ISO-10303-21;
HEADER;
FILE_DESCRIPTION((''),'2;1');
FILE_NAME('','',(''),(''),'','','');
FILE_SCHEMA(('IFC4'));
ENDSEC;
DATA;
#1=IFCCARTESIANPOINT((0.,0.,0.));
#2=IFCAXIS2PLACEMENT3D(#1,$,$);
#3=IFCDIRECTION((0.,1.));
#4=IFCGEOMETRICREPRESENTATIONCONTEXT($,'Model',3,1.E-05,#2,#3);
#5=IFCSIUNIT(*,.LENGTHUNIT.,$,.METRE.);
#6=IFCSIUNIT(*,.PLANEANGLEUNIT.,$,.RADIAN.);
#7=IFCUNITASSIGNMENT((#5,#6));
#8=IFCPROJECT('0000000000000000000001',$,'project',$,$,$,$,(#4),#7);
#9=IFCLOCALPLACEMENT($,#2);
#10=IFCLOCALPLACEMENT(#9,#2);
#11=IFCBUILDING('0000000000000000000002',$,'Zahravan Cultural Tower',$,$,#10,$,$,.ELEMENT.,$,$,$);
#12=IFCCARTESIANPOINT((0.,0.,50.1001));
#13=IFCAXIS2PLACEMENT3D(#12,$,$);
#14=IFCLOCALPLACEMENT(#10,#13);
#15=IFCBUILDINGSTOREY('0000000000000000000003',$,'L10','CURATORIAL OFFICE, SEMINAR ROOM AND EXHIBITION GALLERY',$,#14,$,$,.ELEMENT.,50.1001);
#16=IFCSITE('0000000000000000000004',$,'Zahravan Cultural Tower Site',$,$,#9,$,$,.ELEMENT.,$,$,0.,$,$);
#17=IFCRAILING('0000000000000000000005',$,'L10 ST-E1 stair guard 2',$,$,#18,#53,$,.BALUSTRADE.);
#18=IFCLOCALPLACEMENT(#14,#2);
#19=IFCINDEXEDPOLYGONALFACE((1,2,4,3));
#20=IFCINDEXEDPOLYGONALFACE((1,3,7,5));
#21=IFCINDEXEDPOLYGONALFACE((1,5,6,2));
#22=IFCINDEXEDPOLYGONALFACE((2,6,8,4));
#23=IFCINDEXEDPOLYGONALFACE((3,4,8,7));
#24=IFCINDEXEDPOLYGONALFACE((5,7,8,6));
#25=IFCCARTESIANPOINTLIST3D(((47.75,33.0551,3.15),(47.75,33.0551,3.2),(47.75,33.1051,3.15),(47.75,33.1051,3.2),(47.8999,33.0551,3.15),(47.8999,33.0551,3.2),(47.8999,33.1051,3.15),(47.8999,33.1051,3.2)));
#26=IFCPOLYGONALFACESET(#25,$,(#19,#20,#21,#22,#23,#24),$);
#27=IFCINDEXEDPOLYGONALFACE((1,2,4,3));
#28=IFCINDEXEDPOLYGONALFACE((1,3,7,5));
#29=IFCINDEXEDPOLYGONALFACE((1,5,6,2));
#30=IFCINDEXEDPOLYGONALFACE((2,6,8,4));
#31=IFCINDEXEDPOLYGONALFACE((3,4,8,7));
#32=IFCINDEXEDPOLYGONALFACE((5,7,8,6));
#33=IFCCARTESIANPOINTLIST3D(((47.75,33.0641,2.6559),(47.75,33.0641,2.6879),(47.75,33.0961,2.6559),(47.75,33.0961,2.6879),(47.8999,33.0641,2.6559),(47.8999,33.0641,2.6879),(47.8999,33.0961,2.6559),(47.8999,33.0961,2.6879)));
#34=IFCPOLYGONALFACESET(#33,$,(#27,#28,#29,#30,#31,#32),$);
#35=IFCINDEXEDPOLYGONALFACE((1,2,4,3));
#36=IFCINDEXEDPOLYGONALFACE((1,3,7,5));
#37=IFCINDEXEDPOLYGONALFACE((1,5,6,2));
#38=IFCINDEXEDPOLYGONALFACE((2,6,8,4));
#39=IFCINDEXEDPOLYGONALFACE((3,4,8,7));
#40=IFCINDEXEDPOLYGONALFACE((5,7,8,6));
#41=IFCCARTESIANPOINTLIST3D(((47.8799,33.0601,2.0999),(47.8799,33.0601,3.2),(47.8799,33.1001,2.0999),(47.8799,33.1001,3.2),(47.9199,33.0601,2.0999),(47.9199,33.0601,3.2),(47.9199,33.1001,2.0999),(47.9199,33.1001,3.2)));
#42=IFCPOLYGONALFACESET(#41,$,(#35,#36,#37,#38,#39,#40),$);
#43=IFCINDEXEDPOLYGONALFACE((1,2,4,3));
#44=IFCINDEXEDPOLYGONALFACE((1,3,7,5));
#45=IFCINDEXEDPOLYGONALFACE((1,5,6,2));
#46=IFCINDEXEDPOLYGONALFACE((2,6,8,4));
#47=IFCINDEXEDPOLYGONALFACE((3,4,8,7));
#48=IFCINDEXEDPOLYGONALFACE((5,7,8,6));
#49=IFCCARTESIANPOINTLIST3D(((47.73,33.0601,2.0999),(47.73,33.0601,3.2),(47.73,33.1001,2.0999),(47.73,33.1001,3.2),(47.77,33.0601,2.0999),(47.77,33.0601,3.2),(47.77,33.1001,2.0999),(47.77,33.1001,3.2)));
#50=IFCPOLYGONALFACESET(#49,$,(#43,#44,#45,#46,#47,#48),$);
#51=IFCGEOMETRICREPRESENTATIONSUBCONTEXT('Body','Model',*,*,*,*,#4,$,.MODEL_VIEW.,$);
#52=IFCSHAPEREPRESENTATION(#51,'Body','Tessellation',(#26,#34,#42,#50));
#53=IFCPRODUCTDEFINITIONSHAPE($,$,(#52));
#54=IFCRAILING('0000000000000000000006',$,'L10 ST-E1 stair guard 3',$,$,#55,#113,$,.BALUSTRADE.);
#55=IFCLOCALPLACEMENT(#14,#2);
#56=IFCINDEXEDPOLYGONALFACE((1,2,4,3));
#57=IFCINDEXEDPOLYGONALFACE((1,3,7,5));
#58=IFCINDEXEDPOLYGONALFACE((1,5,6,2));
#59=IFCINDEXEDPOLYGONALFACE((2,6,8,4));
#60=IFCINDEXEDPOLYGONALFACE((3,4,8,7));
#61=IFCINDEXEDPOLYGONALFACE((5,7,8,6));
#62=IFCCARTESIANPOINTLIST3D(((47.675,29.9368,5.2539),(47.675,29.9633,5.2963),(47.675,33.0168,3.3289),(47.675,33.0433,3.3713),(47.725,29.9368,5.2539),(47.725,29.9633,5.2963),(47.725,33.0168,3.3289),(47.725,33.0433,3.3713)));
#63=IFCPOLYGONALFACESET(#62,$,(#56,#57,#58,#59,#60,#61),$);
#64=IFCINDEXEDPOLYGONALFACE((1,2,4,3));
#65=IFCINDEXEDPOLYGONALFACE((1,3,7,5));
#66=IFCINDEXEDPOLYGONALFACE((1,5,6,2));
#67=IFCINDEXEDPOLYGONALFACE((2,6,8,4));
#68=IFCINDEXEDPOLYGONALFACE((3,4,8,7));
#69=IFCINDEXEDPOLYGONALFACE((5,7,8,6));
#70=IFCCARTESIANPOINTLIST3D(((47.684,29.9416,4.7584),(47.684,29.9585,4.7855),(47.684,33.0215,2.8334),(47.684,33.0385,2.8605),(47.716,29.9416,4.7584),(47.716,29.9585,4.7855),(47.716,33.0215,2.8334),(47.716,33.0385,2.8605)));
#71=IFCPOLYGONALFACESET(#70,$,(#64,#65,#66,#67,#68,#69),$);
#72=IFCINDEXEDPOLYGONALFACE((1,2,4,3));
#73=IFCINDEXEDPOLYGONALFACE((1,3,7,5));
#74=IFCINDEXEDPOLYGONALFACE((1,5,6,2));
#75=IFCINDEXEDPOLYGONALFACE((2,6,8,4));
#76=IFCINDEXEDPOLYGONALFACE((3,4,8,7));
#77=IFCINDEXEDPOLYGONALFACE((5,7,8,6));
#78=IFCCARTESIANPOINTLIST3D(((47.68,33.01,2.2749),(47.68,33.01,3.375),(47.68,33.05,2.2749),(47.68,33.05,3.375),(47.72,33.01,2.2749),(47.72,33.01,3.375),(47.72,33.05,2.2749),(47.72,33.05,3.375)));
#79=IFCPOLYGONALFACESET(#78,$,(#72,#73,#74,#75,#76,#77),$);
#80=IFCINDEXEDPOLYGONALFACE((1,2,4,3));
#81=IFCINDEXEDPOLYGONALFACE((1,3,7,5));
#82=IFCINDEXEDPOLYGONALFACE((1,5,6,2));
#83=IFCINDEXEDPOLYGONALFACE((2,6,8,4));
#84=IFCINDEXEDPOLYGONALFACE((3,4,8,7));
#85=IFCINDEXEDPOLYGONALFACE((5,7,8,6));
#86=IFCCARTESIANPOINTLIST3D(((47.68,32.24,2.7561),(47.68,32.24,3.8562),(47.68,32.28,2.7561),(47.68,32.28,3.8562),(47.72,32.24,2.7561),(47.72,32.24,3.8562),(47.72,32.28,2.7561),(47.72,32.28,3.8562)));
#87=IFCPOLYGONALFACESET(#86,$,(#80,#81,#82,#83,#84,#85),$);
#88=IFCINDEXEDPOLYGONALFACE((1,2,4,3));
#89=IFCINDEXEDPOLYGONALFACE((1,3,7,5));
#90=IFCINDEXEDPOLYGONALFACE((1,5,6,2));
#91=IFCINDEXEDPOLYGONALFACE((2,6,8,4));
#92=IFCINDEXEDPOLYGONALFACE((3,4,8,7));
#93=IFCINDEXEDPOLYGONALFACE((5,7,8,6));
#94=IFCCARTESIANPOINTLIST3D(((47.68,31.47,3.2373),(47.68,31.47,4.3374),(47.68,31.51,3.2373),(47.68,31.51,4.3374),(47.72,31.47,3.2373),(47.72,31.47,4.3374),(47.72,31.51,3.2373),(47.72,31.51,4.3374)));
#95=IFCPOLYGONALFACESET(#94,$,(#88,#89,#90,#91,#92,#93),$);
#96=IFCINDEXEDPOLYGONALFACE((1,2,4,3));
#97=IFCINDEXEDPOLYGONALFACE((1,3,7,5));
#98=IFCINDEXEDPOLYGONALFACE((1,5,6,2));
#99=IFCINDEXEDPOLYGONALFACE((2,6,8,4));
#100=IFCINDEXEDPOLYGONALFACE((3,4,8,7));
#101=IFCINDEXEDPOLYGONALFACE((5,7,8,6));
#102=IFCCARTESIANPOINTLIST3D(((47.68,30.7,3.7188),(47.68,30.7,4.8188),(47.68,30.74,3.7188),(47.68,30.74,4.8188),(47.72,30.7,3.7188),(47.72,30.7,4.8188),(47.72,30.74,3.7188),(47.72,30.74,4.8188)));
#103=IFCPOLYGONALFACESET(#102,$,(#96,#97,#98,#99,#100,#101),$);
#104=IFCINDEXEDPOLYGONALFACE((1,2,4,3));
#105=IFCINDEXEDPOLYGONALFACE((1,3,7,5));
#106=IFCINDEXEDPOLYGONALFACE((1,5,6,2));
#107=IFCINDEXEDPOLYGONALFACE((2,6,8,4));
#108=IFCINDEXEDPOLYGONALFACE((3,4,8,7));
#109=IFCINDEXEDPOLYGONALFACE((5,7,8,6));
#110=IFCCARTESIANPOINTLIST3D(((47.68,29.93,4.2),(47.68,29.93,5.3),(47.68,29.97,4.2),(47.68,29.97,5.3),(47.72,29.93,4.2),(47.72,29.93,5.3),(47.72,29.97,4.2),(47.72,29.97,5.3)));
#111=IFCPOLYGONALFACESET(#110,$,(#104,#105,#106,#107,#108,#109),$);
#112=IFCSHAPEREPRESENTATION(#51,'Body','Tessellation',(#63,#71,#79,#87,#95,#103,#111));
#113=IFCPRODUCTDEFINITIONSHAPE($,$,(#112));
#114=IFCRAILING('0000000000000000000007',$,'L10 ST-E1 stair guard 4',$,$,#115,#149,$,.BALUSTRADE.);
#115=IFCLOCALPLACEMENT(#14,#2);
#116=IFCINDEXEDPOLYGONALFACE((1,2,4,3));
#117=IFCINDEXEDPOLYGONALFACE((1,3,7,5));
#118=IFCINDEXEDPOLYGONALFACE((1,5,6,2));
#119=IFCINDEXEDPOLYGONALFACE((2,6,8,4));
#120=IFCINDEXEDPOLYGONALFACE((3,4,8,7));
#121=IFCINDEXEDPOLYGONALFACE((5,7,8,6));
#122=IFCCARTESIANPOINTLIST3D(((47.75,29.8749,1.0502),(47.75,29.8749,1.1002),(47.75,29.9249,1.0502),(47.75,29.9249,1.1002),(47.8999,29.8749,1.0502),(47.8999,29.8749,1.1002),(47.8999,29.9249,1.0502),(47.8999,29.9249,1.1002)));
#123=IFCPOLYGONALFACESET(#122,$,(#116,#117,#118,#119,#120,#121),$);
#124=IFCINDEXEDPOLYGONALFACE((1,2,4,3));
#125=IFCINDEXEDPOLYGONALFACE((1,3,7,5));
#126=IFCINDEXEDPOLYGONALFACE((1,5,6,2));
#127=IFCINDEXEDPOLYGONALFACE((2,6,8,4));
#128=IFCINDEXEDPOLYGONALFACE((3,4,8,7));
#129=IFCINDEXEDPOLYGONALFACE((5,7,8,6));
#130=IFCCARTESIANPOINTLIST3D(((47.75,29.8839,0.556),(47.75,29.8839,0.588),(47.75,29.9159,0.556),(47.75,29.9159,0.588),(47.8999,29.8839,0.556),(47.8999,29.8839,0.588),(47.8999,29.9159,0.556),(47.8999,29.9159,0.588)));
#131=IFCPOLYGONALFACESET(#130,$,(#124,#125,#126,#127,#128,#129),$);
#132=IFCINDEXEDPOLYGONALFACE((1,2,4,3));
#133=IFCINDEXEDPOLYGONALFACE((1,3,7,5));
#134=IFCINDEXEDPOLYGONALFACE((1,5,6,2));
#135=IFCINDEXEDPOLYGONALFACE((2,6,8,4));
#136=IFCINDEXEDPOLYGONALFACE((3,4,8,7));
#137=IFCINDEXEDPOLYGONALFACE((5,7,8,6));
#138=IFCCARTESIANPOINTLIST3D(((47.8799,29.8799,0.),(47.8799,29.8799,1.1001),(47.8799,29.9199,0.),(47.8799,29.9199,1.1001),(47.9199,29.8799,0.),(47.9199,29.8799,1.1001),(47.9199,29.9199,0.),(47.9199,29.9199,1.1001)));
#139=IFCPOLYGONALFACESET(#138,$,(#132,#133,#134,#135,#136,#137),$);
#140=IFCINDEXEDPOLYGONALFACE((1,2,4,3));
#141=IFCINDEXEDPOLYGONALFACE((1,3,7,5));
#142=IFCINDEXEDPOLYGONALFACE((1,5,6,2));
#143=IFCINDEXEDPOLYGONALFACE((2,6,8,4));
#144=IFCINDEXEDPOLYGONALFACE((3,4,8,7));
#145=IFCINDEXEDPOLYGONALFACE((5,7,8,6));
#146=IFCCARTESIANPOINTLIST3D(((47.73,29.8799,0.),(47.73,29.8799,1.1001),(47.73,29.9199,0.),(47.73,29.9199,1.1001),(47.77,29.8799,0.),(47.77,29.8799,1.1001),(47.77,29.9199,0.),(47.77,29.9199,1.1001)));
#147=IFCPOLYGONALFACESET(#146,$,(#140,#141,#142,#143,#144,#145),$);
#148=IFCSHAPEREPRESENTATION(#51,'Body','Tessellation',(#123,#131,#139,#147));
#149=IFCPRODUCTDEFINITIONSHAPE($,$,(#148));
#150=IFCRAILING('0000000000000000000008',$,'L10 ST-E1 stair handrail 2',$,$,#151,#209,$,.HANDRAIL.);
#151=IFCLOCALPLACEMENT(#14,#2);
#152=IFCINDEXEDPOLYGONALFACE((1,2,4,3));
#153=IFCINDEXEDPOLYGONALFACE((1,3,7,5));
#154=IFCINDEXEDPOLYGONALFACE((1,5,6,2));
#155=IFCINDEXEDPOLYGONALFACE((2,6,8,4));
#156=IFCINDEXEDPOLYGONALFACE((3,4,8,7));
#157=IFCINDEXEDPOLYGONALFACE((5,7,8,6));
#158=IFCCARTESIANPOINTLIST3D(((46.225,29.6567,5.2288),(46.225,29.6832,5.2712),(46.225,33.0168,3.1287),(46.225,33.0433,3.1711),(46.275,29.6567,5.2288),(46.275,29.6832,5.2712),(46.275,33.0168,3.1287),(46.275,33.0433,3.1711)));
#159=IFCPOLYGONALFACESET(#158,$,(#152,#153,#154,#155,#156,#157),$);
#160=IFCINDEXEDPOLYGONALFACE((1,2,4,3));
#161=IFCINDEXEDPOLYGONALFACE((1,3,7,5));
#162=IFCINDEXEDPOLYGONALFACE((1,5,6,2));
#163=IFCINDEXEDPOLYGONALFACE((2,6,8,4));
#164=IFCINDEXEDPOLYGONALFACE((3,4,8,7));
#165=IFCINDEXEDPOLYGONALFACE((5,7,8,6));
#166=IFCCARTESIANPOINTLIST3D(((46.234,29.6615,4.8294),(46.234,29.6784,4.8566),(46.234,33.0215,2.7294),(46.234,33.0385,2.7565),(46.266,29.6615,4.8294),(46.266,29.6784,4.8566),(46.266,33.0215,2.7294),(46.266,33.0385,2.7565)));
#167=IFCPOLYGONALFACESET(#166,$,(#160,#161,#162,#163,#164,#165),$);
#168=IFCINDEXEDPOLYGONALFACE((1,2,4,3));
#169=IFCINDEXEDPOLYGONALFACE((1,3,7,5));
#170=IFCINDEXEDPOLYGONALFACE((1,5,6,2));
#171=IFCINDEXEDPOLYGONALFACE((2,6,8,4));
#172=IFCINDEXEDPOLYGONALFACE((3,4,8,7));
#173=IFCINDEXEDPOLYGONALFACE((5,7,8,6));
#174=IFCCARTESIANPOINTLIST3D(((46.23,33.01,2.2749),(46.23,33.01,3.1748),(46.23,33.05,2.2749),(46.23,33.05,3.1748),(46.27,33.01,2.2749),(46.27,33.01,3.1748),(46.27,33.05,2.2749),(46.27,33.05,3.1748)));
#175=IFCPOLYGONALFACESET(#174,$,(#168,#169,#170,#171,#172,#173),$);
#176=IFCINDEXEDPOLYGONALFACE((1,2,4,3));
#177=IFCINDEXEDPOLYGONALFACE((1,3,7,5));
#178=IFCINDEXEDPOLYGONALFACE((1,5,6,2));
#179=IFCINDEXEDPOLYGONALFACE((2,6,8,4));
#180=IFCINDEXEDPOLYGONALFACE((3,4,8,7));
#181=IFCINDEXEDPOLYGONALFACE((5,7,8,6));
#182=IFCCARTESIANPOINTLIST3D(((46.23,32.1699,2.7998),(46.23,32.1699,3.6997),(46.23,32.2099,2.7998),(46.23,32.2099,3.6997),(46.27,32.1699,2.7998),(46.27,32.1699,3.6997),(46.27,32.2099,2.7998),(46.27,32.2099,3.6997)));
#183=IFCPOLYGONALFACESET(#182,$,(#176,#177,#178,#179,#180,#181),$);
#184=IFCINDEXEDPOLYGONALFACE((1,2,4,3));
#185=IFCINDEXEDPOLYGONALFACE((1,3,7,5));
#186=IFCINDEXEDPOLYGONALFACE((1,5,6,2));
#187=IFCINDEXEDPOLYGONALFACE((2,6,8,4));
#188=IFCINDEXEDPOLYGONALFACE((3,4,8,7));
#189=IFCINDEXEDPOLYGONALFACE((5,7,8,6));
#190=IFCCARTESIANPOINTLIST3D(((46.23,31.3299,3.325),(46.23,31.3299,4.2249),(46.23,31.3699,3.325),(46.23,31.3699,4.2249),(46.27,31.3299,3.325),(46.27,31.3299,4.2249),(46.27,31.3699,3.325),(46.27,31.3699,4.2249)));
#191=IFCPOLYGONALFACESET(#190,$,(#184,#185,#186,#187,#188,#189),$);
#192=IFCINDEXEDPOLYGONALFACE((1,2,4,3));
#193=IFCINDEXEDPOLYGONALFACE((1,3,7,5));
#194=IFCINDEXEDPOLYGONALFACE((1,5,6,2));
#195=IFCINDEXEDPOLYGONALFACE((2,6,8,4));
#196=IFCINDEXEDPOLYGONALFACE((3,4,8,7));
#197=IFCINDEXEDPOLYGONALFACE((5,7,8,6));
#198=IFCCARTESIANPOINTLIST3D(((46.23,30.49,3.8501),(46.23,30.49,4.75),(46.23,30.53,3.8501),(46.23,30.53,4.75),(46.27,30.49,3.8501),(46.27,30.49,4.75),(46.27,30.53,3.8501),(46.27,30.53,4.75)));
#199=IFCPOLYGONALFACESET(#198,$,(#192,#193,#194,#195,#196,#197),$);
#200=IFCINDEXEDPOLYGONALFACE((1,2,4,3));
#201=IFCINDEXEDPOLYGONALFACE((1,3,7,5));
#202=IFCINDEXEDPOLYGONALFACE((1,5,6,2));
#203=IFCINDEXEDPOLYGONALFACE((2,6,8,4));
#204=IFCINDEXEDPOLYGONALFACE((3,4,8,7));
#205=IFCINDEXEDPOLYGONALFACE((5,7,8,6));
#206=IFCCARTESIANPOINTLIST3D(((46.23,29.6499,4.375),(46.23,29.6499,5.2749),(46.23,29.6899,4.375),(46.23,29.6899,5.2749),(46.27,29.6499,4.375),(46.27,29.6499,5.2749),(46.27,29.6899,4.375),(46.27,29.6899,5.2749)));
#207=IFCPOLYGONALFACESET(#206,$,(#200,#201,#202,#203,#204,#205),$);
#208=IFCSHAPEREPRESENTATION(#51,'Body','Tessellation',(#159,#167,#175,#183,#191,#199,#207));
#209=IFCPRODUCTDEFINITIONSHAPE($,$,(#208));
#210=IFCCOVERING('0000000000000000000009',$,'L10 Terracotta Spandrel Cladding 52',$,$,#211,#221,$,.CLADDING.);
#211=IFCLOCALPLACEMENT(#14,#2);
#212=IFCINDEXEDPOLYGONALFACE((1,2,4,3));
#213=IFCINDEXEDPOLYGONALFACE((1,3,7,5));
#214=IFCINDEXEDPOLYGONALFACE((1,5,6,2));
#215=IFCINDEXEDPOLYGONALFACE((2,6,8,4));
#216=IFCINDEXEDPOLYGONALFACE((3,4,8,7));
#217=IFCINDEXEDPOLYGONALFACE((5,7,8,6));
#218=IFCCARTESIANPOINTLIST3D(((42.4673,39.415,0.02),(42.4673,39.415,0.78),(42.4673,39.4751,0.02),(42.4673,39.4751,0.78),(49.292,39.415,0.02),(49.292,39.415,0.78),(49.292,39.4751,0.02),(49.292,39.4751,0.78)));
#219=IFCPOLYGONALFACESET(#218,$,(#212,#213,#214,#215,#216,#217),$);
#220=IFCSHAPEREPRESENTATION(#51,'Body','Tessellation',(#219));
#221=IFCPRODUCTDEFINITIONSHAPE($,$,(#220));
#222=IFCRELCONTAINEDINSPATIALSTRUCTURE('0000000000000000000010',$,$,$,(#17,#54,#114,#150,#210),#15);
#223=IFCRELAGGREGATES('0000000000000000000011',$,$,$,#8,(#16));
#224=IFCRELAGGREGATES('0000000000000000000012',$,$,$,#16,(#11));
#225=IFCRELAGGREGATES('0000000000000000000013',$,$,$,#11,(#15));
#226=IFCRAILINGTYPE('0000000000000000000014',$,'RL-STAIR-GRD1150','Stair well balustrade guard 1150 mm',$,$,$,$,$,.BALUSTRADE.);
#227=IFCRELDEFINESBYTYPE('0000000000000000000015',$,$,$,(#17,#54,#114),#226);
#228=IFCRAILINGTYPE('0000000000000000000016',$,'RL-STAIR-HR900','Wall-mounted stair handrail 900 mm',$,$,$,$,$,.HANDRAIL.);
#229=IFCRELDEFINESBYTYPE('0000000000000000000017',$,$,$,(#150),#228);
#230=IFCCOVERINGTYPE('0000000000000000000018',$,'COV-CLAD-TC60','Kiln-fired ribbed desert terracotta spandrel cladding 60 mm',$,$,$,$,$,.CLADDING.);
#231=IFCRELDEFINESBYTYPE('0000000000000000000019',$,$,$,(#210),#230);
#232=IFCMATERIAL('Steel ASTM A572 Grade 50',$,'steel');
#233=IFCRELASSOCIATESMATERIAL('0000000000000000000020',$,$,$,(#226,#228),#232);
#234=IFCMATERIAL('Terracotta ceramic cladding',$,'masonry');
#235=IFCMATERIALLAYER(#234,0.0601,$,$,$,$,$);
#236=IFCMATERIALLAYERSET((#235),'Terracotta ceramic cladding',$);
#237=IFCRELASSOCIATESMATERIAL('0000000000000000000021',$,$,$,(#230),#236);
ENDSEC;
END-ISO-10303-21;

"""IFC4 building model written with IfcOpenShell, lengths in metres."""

from ifc_helpers import new_model, si_unit, direction, frame, origin, origin_2d, place, context, subcontext, project, spatial, rectangle, extrude, source, transform, mapped, material, layer, layer_set, type_object, element, save


model = new_model("IFC4")

# Units and contexts
model_context = context("Model", 3, precision=1e-05, world=origin(), true_north=direction((0.0, 1.0)))
body_context = subcontext(model_context, "Body", "Model", "MODEL_VIEW")
ifc_project = project(units=[si_unit("LENGTHUNIT", "METRE"), si_unit("PLANEANGLEUNIT", "RADIAN")], contexts=[model_context])

# Site, building, storey
site_placement = place(None, origin())
site = spatial("IfcSite", under=ifc_project, at=site_placement, Name="Zahravan Cultural Tower Site", CompositionType="ELEMENT", RefElevation=0.0)
building_placement = place(site_placement, origin())
building = spatial("IfcBuilding", under=site, at=building_placement, Name="Zahravan Cultural Tower", CompositionType="ELEMENT")
storey_placement = place(building_placement, frame((0.0, 0.0, 50.1001)))
storey = spatial("IfcBuildingStorey", under=building, at=storey_placement, Name="L10", Description="CURATORIAL OFFICE, SEMINAR ROOM AND EXHIBITION GALLERY", CompositionType="ELEMENT", Elevation=50.1001)

# Shared definitions
ifc_material_1 = material(Name="Steel ASTM A572 Grade 50", Category="steel")

# Railings
railing_type_1 = type_object("IfcRailingType", Name="RL-STAIR-GRD1150", Description="Stair well balustrade guard 1150 mm", PredefinedType="BALUSTRADE", material=ifc_material_1)
railing_1_placement = place(storey_placement, frame((47.8999, 33.0801, 2.0999)))
element("IfcRailing", 1, at=railing_1_placement, inside=storey, type_object=railing_type_1, Name="L10 ST-E1 stair guard 2", PredefinedType="BALUSTRADE", context=body_context, shape_type="SweptSolid", body=[
    extrude(rectangle(XDim=0.05, YDim=0.05, at=origin_2d()), frame((0.0, 0.0, 1.0752), z_axis=(-1.0, 0.0, 0.0), x_axis=(0.0, -1.0, 0.0)), (0.0, 0.0, 1.0), 0.1499),
    extrude(rectangle(XDim=0.032, YDim=0.032, at=origin_2d()), frame((0.0, 0.0, 0.572), z_axis=(-1.0, 0.0, 0.0), x_axis=(0.0, -1.0, 0.0)), (0.0, 0.0, 1.0), 0.1499),
    extrude(rectangle(XDim=0.04, YDim=0.04, at=origin_2d()), origin(), (0.0, 0.0, 1.0), 1.1001),
    extrude(rectangle(XDim=0.04, YDim=0.04, at=origin_2d()), frame((-0.1499, 0.0, 0.0)), (0.0, 0.0, 1.0), 1.1001),
])
railing_2_placement = place(storey_placement, frame((47.7, 33.03, 2.2749)))
element("IfcRailing", 2, at=railing_2_placement, inside=storey, type_object=railing_type_1, Name="L10 ST-E1 stair guard 3", PredefinedType="BALUSTRADE", context=body_context, shape_type="SweptSolid", body=[
    extrude(rectangle(XDim=0.05, YDim=0.05, at=origin_2d()), frame((0.0, 0.0, 1.0752), z_axis=(0.0, -0.847998, 0.529999), x_axis=(1.0, 0.0, 0.0)), (0.0, 0.0, 1.0), 3.6321),
    extrude(rectangle(XDim=0.032, YDim=0.032, at=origin_2d()), frame((0.0, 0.0, 0.572), z_axis=(0.0, -0.847998, 0.529999), x_axis=(1.0, 0.0, 0.0)), (0.0, 0.0, 1.0), 3.6321),
    extrude(rectangle(XDim=0.04, YDim=0.04, at=origin_2d()), origin(), (0.0, 0.0, 1.0), 1.1001),
    extrude(rectangle(XDim=0.04, YDim=0.04, at=origin_2d()), frame((0.0, -0.77, 0.4812)), (0.0, 0.0, 1.0), 1.1001),
    extrude(rectangle(XDim=0.04, YDim=0.04, at=origin_2d()), frame((0.0, -1.54, 0.9624)), (0.0, 0.0, 1.0), 1.1001),
    extrude(rectangle(XDim=0.04, YDim=0.04, at=origin_2d()), frame((0.0, -2.3101, 1.4438)), (0.0, 0.0, 1.0), 1.1001),
    extrude(rectangle(XDim=0.04, YDim=0.04, at=origin_2d()), frame((0.0, -3.0801, 1.925)), (0.0, 0.0, 1.0), 1.1001),
])
railing_3_placement = place(storey_placement, frame((47.8999, 29.8999, 0.0)))
element("IfcRailing", 3, at=railing_3_placement, inside=storey, type_object=railing_type_1, Name="L10 ST-E1 stair guard 4", PredefinedType="BALUSTRADE", context=body_context, shape_type="SweptSolid", body=[
    extrude(rectangle(XDim=0.05, YDim=0.05, at=origin_2d()), frame((0.0, 0.0, 1.0752), z_axis=(-1.0, 0.0, 0.0), x_axis=(0.0, -1.0, 0.0)), (0.0, 0.0, 1.0), 0.1499),
    extrude(rectangle(XDim=0.032, YDim=0.032, at=origin_2d()), frame((0.0, 0.0, 0.572), z_axis=(-1.0, 0.0, 0.0), x_axis=(0.0, -1.0, 0.0)), (0.0, 0.0, 1.0), 0.1499),
    extrude(rectangle(XDim=0.04, YDim=0.04, at=origin_2d()), origin(), (0.0, 0.0, 1.0), 1.1001),
    extrude(rectangle(XDim=0.04, YDim=0.04, at=origin_2d()), frame((-0.1499, 0.0, 0.0)), (0.0, 0.0, 1.0), 1.1001),
])
railing_type_2 = type_object("IfcRailingType", Name="RL-STAIR-HR900", Description="Wall-mounted stair handrail 900 mm", PredefinedType="HANDRAIL", material=ifc_material_1)
railing_4_placement = place(storey_placement, frame((46.25, 33.03, 2.2749)))
element("IfcRailing", 4, at=railing_4_placement, inside=storey, type_object=railing_type_2, Name="L10 ST-E1 stair handrail 2", PredefinedType="HANDRAIL", context=body_context, shape_type="SweptSolid", body=[
    extrude(rectangle(XDim=0.05, YDim=0.05, at=origin_2d()), frame((0.0, 0.0, 0.875), z_axis=(0.0, -0.847995, 0.530004), x_axis=(1.0, 0.0, 0.0)), (0.0, 0.0, 1.0), 3.9624),
    extrude(rectangle(XDim=0.032, YDim=0.032, at=origin_2d()), frame((0.0, 0.0, 0.468), z_axis=(0.0, -0.847995, 0.530004), x_axis=(1.0, 0.0, 0.0)), (0.0, 0.0, 1.0), 3.9624),
    extrude(rectangle(XDim=0.04, YDim=0.04, at=origin_2d()), origin(), (0.0, 0.0, 1.0), 0.8999),
    extrude(rectangle(XDim=0.04, YDim=0.04, at=origin_2d()), frame((0.0, -0.8401, 0.5249)), (0.0, 0.0, 1.0), 0.8999),
    extrude(rectangle(XDim=0.04, YDim=0.04, at=origin_2d()), frame((0.0, -1.6802, 1.05)), (0.0, 0.0, 1.0), 0.8999),
    extrude(rectangle(XDim=0.04, YDim=0.04, at=origin_2d()), frame((0.0, -2.52, 1.5752)), (0.0, 0.0, 1.0), 0.8999),
    extrude(rectangle(XDim=0.04, YDim=0.04, at=origin_2d()), frame((0.0, -3.3601, 2.1001)), (0.0, 0.0, 1.0), 0.8999),
])

# Covering
ifc_material_2 = material(Name="Terracotta ceramic cladding", Category="masonry")
ifc_layer_1 = layer(ifc_material_2, 0.0601)
ifc_layer_set_1 = layer_set([ifc_layer_1], Name="Terracotta ceramic cladding")
covering_type = type_object("IfcCoveringType", Name="COV-CLAD-TC60", Description="Kiln-fired ribbed desert terracotta spandrel cladding 60 mm", PredefinedType="CLADDING", material=ifc_layer_set_1)
shared_shape_1 = source(origin(), body_context, "Body", "SweptSolid", [
    extrude(rectangle(XDim=6.8247, YDim=0.0601, at=origin_2d()), origin(), (0.0, 0.0, 1.0), 0.76),
])
covering_placement = place(storey_placement, frame((45.8796, 39.4451, 0.02), z_axis=(0.0, 0.0, 1.0), x_axis=(1.0, 0.0, 0.0)))
element("IfcCovering", 5, at=covering_placement, inside=storey, type_object=covering_type, Name="L10 Terracotta Spandrel Cladding 52", PredefinedType="CLADDING", context=body_context, shape_type="MappedRepresentation", body=[
    mapped(shared_shape_1, transform((0.0, 0.0, 0.0), x_axis=(1.0, 0.0, 0.0), y_axis=(0.0, 1.0, 0.0), z_axis=(0.0, 0.0, 1.0), scale=1.0)),
])

save(model, "model.ifc")
